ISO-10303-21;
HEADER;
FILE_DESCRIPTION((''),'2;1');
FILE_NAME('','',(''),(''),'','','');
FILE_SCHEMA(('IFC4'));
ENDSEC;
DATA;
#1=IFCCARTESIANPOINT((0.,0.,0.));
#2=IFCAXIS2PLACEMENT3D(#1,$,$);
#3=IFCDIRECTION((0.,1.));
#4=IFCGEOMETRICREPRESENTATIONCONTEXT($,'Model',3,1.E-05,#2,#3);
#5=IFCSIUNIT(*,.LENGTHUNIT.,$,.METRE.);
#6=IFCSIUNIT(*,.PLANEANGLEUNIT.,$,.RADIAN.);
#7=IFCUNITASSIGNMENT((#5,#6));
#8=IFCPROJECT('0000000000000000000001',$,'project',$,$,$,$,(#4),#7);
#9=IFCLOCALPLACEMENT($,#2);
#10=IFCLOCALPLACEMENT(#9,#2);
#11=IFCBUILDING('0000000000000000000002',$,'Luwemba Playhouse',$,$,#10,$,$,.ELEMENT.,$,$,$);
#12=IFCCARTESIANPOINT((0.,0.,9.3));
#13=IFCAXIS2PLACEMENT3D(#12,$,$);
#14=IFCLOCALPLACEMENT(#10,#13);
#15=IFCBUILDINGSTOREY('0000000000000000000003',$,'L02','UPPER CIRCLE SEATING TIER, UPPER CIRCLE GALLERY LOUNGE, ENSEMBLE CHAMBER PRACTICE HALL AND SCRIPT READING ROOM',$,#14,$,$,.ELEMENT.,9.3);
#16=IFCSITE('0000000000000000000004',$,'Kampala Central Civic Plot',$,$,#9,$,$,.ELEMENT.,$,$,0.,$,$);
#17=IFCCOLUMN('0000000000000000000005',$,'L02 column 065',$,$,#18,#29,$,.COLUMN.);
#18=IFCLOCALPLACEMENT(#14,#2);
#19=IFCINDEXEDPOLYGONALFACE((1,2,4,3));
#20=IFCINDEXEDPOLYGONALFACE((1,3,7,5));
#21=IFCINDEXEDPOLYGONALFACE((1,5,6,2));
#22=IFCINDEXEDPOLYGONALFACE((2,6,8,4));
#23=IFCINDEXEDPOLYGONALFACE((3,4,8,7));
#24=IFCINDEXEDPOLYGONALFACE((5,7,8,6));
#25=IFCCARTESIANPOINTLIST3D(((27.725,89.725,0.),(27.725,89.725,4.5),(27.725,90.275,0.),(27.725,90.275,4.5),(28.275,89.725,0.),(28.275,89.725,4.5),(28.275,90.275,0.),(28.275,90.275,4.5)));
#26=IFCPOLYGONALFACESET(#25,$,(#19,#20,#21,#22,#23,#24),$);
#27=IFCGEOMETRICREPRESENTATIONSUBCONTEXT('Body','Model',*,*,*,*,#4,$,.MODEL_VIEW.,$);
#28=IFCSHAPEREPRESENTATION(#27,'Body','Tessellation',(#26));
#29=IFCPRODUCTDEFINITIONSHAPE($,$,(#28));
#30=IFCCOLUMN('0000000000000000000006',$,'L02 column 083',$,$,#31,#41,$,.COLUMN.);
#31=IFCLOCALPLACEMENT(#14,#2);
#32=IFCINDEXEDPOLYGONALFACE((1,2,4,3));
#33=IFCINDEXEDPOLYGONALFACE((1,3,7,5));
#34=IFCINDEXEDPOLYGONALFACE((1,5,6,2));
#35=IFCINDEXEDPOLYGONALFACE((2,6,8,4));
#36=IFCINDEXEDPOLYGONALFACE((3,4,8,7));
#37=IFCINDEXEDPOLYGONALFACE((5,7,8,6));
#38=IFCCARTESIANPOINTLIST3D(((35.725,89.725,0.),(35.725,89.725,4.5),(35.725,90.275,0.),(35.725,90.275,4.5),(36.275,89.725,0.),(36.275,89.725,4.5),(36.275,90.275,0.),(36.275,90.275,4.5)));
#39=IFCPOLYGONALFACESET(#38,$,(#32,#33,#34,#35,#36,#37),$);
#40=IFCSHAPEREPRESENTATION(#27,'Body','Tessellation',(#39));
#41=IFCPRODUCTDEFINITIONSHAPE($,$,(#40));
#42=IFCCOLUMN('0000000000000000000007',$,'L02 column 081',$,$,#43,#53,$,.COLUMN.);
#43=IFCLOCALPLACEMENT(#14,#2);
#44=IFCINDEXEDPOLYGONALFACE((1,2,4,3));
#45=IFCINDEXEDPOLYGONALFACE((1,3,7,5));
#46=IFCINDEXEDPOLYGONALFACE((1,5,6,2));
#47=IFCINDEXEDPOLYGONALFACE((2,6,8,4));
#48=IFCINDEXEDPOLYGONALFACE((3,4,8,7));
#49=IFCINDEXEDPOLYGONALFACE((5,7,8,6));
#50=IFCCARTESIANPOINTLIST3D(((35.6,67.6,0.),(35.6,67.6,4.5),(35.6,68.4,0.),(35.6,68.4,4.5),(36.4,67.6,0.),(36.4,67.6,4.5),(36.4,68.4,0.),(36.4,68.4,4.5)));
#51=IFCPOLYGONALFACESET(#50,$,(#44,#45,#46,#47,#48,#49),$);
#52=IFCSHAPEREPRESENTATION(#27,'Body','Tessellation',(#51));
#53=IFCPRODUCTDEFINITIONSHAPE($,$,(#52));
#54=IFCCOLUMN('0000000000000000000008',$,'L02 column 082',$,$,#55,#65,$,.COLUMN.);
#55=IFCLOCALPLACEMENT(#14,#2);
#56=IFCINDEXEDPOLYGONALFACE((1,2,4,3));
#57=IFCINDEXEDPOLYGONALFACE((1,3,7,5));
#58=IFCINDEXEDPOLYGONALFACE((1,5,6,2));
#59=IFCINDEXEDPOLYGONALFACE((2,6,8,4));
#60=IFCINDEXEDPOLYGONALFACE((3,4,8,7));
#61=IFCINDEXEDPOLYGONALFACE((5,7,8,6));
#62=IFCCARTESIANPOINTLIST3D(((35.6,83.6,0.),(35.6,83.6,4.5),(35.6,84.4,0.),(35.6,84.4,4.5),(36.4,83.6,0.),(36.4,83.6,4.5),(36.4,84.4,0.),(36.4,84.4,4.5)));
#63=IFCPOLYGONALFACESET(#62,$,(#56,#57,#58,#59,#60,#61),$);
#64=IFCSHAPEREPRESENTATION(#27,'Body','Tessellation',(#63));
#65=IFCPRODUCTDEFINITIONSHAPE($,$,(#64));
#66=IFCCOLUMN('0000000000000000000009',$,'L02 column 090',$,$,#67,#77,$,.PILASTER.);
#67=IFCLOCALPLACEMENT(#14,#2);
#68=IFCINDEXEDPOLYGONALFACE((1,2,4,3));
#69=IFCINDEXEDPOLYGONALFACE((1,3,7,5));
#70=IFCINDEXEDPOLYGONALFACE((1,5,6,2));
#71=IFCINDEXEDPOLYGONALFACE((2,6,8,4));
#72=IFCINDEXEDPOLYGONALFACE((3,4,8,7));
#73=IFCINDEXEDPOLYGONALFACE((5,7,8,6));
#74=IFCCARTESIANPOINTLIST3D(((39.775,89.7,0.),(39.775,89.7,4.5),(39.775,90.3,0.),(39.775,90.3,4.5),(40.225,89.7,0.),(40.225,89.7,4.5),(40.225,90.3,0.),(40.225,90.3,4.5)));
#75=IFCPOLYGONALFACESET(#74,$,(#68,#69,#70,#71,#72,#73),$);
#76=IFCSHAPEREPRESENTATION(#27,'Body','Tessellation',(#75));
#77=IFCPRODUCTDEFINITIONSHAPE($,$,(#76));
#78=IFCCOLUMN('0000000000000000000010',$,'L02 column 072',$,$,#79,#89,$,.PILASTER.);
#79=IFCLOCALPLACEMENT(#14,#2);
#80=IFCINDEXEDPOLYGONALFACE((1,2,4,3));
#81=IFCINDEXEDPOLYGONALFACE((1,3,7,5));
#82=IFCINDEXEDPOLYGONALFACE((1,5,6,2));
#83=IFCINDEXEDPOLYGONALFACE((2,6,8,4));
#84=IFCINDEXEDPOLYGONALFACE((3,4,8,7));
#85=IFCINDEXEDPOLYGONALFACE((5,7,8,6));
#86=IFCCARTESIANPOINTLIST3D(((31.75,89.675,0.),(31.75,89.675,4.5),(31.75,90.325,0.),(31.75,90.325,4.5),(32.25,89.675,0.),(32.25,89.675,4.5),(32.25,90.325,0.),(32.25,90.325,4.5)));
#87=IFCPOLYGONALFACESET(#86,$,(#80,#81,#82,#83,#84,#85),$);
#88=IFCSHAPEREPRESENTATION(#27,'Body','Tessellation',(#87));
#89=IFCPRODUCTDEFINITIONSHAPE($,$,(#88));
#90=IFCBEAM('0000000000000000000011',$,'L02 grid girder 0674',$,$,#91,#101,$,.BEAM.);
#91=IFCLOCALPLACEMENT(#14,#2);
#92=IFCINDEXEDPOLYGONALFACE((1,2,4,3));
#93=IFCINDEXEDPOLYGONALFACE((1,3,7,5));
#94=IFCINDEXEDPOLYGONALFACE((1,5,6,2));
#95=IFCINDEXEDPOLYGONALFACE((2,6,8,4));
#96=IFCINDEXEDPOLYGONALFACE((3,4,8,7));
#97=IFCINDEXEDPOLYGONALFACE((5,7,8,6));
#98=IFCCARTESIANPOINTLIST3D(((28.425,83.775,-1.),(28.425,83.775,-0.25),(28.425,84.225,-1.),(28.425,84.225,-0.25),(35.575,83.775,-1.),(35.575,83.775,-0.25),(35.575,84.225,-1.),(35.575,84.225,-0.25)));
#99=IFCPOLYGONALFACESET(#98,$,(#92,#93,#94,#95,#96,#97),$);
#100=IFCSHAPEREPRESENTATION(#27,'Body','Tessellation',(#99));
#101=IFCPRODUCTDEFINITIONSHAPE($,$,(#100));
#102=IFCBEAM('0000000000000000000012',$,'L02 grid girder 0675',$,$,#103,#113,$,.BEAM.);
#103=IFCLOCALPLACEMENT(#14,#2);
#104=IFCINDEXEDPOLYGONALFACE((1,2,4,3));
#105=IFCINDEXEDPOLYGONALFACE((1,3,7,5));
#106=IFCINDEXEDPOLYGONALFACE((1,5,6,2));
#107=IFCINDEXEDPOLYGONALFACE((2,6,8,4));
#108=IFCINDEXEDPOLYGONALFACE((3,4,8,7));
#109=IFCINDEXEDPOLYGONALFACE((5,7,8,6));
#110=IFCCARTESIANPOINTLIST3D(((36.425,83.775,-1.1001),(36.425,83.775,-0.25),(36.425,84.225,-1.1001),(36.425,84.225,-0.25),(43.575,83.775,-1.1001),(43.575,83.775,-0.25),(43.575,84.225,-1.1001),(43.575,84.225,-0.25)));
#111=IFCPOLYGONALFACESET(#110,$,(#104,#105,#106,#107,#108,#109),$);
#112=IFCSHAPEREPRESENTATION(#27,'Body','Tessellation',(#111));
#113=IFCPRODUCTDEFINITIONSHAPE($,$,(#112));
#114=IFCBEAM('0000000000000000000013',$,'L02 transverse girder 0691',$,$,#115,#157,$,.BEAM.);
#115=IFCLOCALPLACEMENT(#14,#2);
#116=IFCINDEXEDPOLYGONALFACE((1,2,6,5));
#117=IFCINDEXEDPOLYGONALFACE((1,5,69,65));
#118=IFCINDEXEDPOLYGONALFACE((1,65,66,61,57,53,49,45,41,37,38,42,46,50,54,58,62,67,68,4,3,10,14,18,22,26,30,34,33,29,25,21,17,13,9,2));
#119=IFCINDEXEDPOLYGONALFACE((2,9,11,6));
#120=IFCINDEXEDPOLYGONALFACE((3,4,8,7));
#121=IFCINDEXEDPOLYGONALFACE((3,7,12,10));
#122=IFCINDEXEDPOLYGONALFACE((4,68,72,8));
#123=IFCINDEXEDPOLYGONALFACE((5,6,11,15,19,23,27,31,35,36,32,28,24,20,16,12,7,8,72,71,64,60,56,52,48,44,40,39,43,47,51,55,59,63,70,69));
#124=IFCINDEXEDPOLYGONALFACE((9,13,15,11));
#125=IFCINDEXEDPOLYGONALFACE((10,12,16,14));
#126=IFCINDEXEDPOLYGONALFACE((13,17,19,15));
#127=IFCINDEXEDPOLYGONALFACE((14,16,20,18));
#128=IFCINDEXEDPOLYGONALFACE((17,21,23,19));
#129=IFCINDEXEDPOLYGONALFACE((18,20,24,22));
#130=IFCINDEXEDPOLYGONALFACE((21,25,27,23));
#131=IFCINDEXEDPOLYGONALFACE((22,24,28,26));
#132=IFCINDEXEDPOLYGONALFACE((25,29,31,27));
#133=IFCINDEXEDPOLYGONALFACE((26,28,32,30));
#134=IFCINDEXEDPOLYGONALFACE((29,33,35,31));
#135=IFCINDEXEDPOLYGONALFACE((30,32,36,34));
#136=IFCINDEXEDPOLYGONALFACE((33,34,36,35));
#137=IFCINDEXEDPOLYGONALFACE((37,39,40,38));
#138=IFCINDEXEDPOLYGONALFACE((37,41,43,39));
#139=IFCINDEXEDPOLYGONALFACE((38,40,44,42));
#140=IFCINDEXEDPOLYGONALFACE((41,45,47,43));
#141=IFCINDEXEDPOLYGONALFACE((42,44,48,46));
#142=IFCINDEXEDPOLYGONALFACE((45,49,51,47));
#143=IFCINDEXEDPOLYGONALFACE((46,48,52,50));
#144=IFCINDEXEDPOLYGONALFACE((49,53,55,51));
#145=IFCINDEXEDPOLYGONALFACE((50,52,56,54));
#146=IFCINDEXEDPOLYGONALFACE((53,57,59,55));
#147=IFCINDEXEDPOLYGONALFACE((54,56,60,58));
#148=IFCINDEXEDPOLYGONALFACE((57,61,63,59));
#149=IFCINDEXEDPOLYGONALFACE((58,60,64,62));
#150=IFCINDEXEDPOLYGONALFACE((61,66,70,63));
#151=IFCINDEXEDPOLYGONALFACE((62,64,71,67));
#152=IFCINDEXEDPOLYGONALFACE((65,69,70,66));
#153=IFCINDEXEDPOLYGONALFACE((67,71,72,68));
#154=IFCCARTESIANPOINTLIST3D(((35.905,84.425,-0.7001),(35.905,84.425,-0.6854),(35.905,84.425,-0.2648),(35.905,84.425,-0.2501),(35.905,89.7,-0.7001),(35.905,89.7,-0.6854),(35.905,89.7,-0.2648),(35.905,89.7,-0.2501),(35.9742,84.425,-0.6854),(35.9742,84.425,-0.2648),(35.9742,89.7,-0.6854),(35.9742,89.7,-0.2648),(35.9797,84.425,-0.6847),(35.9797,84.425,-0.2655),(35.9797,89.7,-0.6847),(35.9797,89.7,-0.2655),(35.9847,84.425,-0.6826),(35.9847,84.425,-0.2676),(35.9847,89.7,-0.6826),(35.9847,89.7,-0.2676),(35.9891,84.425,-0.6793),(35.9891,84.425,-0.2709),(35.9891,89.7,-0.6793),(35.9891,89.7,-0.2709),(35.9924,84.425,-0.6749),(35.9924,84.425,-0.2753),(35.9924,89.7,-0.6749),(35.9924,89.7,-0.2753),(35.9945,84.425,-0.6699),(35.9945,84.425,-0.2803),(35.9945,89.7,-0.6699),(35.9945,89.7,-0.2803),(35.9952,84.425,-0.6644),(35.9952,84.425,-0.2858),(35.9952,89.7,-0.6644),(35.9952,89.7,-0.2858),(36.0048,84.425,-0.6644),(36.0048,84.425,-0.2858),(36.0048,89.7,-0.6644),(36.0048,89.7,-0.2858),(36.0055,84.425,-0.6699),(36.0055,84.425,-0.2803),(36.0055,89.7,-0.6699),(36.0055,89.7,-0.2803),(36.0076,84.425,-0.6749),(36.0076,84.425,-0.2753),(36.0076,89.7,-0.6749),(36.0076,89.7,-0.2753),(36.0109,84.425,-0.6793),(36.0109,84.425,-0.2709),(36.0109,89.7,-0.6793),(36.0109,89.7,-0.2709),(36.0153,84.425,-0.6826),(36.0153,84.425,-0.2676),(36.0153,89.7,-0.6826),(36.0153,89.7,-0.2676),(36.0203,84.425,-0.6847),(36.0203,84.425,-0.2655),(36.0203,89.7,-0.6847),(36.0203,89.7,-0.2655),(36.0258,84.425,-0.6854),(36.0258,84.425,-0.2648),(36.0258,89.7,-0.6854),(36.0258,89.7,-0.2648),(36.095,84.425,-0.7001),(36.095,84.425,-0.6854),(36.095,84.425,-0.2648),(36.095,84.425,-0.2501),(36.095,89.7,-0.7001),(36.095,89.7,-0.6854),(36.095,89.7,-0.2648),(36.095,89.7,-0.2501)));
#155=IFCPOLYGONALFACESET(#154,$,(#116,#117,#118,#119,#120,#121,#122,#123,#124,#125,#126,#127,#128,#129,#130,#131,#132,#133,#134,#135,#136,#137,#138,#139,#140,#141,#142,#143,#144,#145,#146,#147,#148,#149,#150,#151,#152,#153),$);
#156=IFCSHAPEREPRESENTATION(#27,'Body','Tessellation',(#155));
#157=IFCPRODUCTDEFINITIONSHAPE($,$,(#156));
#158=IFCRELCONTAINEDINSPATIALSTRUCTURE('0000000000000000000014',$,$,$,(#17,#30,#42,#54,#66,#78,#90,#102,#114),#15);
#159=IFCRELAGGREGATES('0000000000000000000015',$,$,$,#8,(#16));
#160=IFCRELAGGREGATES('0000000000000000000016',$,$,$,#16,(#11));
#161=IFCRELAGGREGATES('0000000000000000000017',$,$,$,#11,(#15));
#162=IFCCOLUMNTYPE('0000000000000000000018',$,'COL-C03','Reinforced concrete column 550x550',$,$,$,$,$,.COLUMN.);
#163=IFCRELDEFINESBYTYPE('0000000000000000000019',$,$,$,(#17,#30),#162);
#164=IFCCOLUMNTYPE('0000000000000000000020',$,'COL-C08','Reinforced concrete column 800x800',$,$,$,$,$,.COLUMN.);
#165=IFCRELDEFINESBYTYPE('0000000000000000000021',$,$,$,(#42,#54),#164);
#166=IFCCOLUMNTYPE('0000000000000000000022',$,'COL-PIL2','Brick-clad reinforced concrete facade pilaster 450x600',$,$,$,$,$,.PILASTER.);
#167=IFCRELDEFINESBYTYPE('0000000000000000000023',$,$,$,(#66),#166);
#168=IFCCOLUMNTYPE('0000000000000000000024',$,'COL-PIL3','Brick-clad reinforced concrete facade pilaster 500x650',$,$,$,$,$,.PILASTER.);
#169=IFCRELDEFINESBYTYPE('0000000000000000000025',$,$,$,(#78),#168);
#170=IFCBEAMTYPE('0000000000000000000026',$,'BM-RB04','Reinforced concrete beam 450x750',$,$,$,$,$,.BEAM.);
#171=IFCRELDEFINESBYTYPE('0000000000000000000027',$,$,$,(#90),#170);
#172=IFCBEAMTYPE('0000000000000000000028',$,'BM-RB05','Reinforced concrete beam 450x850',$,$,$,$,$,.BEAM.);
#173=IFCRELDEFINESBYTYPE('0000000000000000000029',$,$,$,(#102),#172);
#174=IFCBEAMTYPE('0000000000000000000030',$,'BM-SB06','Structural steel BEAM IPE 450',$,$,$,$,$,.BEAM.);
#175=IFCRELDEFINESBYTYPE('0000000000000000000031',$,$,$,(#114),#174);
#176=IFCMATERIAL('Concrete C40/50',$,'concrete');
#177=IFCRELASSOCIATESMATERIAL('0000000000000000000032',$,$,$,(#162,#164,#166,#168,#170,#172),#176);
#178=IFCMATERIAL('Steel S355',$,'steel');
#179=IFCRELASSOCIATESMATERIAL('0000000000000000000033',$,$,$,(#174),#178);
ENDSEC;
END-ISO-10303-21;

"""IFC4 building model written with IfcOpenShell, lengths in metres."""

from ifc_helpers import new_model, si_unit, direction, frame, origin, origin_2d, place, context, subcontext, project, spatial, rectangle, i_section, extrude, material, material_profile, profile_set, type_object, element, save


model = new_model("IFC4")

# Units and contexts
model_context = context("Model", 3, precision=1e-05, world=origin(), true_north=direction((0.0, 1.0)))
body_context = subcontext(model_context, "Body", "Model", "MODEL_VIEW")
ifc_project = project(units=[si_unit("LENGTHUNIT", "METRE"), si_unit("PLANEANGLEUNIT", "RADIAN")], contexts=[model_context])

# Site, building, storey
site_placement = place(None, origin())
site = spatial("IfcSite", under=ifc_project, at=site_placement, Name="Kampala Central Civic Plot", CompositionType="ELEMENT", RefElevation=0.0)
building_placement = place(site_placement, origin())
building = spatial("IfcBuilding", under=site, at=building_placement, Name="Luwemba Playhouse", CompositionType="ELEMENT")
storey_placement = place(building_placement, frame((0.0, 0.0, 9.3)))
storey = spatial("IfcBuildingStorey", under=building, at=storey_placement, Name="L02", Description="UPPER CIRCLE SEATING TIER, UPPER CIRCLE GALLERY LOUNGE, ENSEMBLE CHAMBER PRACTICE HALL AND SCRIPT READING ROOM", CompositionType="ELEMENT", Elevation=9.3)

# Columns
ifc_material_1 = material(Name="Concrete C40/50", Category="concrete")
ifc_material_profile_1 = material_profile(ifc_material_1, rectangle(XDim=0.55, YDim=0.55, at=origin_2d()))
ifc_profile_set_1 = profile_set([ifc_material_profile_1], Name="Concrete C40/50")
column_type_1 = type_object("IfcColumnType", Name="COL-C03", Description="Reinforced concrete column 550x550", PredefinedType="COLUMN", material=ifc_profile_set_1)
for number, where, z_axis, x_axis, name in (
    (1, (28.0, 90.0, 0.0), (0.0, 0.0, 1.0), (1.0, 0.0, 0.0), "L02 column 065"),
    (2, (36.0, 90.0, 0.0), (0.0, 0.0, 1.0), (1.0, 0.0, 0.0), "L02 column 083"),
):
    element("IfcColumn", number, at=place(storey_placement, frame(where, z_axis=z_axis, x_axis=x_axis)), inside=storey, type_object=column_type_1, Name=name, PredefinedType="COLUMN", context=body_context, shape_type="SweptSolid", body=[
        extrude(rectangle(XDim=0.55, YDim=0.55, at=origin_2d()), origin(), (0.0, 0.0, 1.0), 4.5),
    ])
ifc_material_profile_2 = material_profile(ifc_material_1, rectangle(XDim=0.8, YDim=0.8, at=origin_2d()))
ifc_profile_set_2 = profile_set([ifc_material_profile_2], Name="Concrete C40/50")
column_type_2 = type_object("IfcColumnType", Name="COL-C08", Description="Reinforced concrete column 800x800", PredefinedType="COLUMN", material=ifc_profile_set_2)
for number, where, z_axis, x_axis, name in (
    (3, (36.0, 68.0, 0.0), (0.0, 0.0, 1.0), (1.0, 0.0, 0.0), "L02 column 081"),
    (4, (36.0, 84.0, 0.0), (0.0, 0.0, 1.0), (1.0, 0.0, 0.0), "L02 column 082"),
):
    element("IfcColumn", number, at=place(storey_placement, frame(where, z_axis=z_axis, x_axis=x_axis)), inside=storey, type_object=column_type_2, Name=name, PredefinedType="COLUMN", context=body_context, shape_type="SweptSolid", body=[
        extrude(rectangle(XDim=0.8, YDim=0.8, at=origin_2d()), origin(), (0.0, 0.0, 1.0), 4.5),
    ])
ifc_material_profile_3 = material_profile(ifc_material_1, rectangle(XDim=0.45, YDim=0.6001, at=origin_2d()))
ifc_profile_set_3 = profile_set([ifc_material_profile_3], Name="Concrete C40/50")
column_type_3 = type_object("IfcColumnType", Name="COL-PIL2", Description="Brick-clad reinforced concrete facade pilaster 450x600", PredefinedType="PILASTER", material=ifc_profile_set_3)
column_1_placement = place(storey_placement, frame((40.0, 90.0, 0.0), z_axis=(0.0, 0.0, 1.0), x_axis=(1.0, 0.0, 0.0)))
element("IfcColumn", 5, at=column_1_placement, inside=storey, type_object=column_type_3, Name="L02 column 090", PredefinedType="PILASTER", context=body_context, shape_type="SweptSolid", body=[
    extrude(rectangle(XDim=0.45, YDim=0.6001, at=origin_2d()), origin(), (0.0, 0.0, 1.0), 4.5),
])
ifc_material_profile_4 = material_profile(ifc_material_1, rectangle(XDim=0.5, YDim=0.6499, at=origin_2d()))
ifc_profile_set_4 = profile_set([ifc_material_profile_4], Name="Concrete C40/50")
column_type_4 = type_object("IfcColumnType", Name="COL-PIL3", Description="Brick-clad reinforced concrete facade pilaster 500x650", PredefinedType="PILASTER", material=ifc_profile_set_4)
column_2_placement = place(storey_placement, frame((32.0, 90.0, 0.0), z_axis=(0.0, 0.0, 1.0), x_axis=(1.0, 0.0, 0.0)))
element("IfcColumn", 6, at=column_2_placement, inside=storey, type_object=column_type_4, Name="L02 column 072", PredefinedType="PILASTER", context=body_context, shape_type="SweptSolid", body=[
    extrude(rectangle(XDim=0.5, YDim=0.6499, at=origin_2d()), origin(), (0.0, 0.0, 1.0), 4.5),
])

# Beams
ifc_material_profile_5 = material_profile(ifc_material_1, rectangle(XDim=0.45, YDim=0.75, at=origin_2d()))
ifc_profile_set_5 = profile_set([ifc_material_profile_5], Name="Concrete C40/50")
beam_type_1 = type_object("IfcBeamType", Name="BM-RB04", Description="Reinforced concrete beam 450x750", PredefinedType="BEAM", material=ifc_profile_set_5)
beam_1_placement = place(storey_placement, frame((28.425, 84.0, -0.625), z_axis=(1.0, 0.0, 0.0), x_axis=(0.0, 1.0, 0.0)))
element("IfcBeam", 7, at=beam_1_placement, inside=storey, type_object=beam_type_1, Name="L02 grid girder 0674", PredefinedType="BEAM", context=body_context, shape_type="SweptSolid", body=[
    extrude(rectangle(XDim=0.45, YDim=0.75, at=origin_2d()), origin(), (0.0, 0.0, 1.0), 7.1499),
])
ifc_material_profile_6 = material_profile(ifc_material_1, rectangle(XDim=0.45, YDim=0.8501, at=origin_2d()))
ifc_profile_set_6 = profile_set([ifc_material_profile_6], Name="Concrete C40/50")
beam_type_2 = type_object("IfcBeamType", Name="BM-RB05", Description="Reinforced concrete beam 450x850", PredefinedType="BEAM", material=ifc_profile_set_6)
beam_2_placement = place(storey_placement, frame((36.425, 84.0, -0.675), z_axis=(1.0, 0.0, 0.0), x_axis=(0.0, 1.0, 0.0)))
element("IfcBeam", 8, at=beam_2_placement, inside=storey, type_object=beam_type_2, Name="L02 grid girder 0675", PredefinedType="BEAM", context=body_context, shape_type="SweptSolid", body=[
    extrude(rectangle(XDim=0.45, YDim=0.8501, at=origin_2d()), origin(), (0.0, 0.0, 1.0), 7.1499),
])
ifc_material_2 = material(Name="Steel S355", Category="steel")
ifc_material_profile_7 = material_profile(ifc_material_2, i_section(OverallWidth=0.1899, OverallDepth=0.45, WebThickness=0.0095, FlangeThickness=0.0146, FilletRadius=0.021, at=origin_2d()))
ifc_profile_set_7 = profile_set([ifc_material_profile_7], Name="Steel S355")
beam_type_3 = type_object("IfcBeamType", Name="BM-SB06", Description="Structural steel BEAM IPE 450", PredefinedType="BEAM", material=ifc_profile_set_7)
beam_3_placement = place(storey_placement, frame((36.0, 84.425, -0.4751), z_axis=(0.0, 1.0, 0.0), x_axis=(-1.0, 0.0, 0.0)))
element("IfcBeam", 9, at=beam_3_placement, inside=storey, type_object=beam_type_3, Name="L02 transverse girder 0691", PredefinedType="BEAM", context=body_context, shape_type="SweptSolid", body=[
    extrude(i_section(OverallWidth=0.1899, OverallDepth=0.45, WebThickness=0.0095, FlangeThickness=0.0146, FilletRadius=0.021, at=origin_2d()), origin(), (0.0, 0.0, 1.0), 5.2749),
])

save(model, "model.ifc")
